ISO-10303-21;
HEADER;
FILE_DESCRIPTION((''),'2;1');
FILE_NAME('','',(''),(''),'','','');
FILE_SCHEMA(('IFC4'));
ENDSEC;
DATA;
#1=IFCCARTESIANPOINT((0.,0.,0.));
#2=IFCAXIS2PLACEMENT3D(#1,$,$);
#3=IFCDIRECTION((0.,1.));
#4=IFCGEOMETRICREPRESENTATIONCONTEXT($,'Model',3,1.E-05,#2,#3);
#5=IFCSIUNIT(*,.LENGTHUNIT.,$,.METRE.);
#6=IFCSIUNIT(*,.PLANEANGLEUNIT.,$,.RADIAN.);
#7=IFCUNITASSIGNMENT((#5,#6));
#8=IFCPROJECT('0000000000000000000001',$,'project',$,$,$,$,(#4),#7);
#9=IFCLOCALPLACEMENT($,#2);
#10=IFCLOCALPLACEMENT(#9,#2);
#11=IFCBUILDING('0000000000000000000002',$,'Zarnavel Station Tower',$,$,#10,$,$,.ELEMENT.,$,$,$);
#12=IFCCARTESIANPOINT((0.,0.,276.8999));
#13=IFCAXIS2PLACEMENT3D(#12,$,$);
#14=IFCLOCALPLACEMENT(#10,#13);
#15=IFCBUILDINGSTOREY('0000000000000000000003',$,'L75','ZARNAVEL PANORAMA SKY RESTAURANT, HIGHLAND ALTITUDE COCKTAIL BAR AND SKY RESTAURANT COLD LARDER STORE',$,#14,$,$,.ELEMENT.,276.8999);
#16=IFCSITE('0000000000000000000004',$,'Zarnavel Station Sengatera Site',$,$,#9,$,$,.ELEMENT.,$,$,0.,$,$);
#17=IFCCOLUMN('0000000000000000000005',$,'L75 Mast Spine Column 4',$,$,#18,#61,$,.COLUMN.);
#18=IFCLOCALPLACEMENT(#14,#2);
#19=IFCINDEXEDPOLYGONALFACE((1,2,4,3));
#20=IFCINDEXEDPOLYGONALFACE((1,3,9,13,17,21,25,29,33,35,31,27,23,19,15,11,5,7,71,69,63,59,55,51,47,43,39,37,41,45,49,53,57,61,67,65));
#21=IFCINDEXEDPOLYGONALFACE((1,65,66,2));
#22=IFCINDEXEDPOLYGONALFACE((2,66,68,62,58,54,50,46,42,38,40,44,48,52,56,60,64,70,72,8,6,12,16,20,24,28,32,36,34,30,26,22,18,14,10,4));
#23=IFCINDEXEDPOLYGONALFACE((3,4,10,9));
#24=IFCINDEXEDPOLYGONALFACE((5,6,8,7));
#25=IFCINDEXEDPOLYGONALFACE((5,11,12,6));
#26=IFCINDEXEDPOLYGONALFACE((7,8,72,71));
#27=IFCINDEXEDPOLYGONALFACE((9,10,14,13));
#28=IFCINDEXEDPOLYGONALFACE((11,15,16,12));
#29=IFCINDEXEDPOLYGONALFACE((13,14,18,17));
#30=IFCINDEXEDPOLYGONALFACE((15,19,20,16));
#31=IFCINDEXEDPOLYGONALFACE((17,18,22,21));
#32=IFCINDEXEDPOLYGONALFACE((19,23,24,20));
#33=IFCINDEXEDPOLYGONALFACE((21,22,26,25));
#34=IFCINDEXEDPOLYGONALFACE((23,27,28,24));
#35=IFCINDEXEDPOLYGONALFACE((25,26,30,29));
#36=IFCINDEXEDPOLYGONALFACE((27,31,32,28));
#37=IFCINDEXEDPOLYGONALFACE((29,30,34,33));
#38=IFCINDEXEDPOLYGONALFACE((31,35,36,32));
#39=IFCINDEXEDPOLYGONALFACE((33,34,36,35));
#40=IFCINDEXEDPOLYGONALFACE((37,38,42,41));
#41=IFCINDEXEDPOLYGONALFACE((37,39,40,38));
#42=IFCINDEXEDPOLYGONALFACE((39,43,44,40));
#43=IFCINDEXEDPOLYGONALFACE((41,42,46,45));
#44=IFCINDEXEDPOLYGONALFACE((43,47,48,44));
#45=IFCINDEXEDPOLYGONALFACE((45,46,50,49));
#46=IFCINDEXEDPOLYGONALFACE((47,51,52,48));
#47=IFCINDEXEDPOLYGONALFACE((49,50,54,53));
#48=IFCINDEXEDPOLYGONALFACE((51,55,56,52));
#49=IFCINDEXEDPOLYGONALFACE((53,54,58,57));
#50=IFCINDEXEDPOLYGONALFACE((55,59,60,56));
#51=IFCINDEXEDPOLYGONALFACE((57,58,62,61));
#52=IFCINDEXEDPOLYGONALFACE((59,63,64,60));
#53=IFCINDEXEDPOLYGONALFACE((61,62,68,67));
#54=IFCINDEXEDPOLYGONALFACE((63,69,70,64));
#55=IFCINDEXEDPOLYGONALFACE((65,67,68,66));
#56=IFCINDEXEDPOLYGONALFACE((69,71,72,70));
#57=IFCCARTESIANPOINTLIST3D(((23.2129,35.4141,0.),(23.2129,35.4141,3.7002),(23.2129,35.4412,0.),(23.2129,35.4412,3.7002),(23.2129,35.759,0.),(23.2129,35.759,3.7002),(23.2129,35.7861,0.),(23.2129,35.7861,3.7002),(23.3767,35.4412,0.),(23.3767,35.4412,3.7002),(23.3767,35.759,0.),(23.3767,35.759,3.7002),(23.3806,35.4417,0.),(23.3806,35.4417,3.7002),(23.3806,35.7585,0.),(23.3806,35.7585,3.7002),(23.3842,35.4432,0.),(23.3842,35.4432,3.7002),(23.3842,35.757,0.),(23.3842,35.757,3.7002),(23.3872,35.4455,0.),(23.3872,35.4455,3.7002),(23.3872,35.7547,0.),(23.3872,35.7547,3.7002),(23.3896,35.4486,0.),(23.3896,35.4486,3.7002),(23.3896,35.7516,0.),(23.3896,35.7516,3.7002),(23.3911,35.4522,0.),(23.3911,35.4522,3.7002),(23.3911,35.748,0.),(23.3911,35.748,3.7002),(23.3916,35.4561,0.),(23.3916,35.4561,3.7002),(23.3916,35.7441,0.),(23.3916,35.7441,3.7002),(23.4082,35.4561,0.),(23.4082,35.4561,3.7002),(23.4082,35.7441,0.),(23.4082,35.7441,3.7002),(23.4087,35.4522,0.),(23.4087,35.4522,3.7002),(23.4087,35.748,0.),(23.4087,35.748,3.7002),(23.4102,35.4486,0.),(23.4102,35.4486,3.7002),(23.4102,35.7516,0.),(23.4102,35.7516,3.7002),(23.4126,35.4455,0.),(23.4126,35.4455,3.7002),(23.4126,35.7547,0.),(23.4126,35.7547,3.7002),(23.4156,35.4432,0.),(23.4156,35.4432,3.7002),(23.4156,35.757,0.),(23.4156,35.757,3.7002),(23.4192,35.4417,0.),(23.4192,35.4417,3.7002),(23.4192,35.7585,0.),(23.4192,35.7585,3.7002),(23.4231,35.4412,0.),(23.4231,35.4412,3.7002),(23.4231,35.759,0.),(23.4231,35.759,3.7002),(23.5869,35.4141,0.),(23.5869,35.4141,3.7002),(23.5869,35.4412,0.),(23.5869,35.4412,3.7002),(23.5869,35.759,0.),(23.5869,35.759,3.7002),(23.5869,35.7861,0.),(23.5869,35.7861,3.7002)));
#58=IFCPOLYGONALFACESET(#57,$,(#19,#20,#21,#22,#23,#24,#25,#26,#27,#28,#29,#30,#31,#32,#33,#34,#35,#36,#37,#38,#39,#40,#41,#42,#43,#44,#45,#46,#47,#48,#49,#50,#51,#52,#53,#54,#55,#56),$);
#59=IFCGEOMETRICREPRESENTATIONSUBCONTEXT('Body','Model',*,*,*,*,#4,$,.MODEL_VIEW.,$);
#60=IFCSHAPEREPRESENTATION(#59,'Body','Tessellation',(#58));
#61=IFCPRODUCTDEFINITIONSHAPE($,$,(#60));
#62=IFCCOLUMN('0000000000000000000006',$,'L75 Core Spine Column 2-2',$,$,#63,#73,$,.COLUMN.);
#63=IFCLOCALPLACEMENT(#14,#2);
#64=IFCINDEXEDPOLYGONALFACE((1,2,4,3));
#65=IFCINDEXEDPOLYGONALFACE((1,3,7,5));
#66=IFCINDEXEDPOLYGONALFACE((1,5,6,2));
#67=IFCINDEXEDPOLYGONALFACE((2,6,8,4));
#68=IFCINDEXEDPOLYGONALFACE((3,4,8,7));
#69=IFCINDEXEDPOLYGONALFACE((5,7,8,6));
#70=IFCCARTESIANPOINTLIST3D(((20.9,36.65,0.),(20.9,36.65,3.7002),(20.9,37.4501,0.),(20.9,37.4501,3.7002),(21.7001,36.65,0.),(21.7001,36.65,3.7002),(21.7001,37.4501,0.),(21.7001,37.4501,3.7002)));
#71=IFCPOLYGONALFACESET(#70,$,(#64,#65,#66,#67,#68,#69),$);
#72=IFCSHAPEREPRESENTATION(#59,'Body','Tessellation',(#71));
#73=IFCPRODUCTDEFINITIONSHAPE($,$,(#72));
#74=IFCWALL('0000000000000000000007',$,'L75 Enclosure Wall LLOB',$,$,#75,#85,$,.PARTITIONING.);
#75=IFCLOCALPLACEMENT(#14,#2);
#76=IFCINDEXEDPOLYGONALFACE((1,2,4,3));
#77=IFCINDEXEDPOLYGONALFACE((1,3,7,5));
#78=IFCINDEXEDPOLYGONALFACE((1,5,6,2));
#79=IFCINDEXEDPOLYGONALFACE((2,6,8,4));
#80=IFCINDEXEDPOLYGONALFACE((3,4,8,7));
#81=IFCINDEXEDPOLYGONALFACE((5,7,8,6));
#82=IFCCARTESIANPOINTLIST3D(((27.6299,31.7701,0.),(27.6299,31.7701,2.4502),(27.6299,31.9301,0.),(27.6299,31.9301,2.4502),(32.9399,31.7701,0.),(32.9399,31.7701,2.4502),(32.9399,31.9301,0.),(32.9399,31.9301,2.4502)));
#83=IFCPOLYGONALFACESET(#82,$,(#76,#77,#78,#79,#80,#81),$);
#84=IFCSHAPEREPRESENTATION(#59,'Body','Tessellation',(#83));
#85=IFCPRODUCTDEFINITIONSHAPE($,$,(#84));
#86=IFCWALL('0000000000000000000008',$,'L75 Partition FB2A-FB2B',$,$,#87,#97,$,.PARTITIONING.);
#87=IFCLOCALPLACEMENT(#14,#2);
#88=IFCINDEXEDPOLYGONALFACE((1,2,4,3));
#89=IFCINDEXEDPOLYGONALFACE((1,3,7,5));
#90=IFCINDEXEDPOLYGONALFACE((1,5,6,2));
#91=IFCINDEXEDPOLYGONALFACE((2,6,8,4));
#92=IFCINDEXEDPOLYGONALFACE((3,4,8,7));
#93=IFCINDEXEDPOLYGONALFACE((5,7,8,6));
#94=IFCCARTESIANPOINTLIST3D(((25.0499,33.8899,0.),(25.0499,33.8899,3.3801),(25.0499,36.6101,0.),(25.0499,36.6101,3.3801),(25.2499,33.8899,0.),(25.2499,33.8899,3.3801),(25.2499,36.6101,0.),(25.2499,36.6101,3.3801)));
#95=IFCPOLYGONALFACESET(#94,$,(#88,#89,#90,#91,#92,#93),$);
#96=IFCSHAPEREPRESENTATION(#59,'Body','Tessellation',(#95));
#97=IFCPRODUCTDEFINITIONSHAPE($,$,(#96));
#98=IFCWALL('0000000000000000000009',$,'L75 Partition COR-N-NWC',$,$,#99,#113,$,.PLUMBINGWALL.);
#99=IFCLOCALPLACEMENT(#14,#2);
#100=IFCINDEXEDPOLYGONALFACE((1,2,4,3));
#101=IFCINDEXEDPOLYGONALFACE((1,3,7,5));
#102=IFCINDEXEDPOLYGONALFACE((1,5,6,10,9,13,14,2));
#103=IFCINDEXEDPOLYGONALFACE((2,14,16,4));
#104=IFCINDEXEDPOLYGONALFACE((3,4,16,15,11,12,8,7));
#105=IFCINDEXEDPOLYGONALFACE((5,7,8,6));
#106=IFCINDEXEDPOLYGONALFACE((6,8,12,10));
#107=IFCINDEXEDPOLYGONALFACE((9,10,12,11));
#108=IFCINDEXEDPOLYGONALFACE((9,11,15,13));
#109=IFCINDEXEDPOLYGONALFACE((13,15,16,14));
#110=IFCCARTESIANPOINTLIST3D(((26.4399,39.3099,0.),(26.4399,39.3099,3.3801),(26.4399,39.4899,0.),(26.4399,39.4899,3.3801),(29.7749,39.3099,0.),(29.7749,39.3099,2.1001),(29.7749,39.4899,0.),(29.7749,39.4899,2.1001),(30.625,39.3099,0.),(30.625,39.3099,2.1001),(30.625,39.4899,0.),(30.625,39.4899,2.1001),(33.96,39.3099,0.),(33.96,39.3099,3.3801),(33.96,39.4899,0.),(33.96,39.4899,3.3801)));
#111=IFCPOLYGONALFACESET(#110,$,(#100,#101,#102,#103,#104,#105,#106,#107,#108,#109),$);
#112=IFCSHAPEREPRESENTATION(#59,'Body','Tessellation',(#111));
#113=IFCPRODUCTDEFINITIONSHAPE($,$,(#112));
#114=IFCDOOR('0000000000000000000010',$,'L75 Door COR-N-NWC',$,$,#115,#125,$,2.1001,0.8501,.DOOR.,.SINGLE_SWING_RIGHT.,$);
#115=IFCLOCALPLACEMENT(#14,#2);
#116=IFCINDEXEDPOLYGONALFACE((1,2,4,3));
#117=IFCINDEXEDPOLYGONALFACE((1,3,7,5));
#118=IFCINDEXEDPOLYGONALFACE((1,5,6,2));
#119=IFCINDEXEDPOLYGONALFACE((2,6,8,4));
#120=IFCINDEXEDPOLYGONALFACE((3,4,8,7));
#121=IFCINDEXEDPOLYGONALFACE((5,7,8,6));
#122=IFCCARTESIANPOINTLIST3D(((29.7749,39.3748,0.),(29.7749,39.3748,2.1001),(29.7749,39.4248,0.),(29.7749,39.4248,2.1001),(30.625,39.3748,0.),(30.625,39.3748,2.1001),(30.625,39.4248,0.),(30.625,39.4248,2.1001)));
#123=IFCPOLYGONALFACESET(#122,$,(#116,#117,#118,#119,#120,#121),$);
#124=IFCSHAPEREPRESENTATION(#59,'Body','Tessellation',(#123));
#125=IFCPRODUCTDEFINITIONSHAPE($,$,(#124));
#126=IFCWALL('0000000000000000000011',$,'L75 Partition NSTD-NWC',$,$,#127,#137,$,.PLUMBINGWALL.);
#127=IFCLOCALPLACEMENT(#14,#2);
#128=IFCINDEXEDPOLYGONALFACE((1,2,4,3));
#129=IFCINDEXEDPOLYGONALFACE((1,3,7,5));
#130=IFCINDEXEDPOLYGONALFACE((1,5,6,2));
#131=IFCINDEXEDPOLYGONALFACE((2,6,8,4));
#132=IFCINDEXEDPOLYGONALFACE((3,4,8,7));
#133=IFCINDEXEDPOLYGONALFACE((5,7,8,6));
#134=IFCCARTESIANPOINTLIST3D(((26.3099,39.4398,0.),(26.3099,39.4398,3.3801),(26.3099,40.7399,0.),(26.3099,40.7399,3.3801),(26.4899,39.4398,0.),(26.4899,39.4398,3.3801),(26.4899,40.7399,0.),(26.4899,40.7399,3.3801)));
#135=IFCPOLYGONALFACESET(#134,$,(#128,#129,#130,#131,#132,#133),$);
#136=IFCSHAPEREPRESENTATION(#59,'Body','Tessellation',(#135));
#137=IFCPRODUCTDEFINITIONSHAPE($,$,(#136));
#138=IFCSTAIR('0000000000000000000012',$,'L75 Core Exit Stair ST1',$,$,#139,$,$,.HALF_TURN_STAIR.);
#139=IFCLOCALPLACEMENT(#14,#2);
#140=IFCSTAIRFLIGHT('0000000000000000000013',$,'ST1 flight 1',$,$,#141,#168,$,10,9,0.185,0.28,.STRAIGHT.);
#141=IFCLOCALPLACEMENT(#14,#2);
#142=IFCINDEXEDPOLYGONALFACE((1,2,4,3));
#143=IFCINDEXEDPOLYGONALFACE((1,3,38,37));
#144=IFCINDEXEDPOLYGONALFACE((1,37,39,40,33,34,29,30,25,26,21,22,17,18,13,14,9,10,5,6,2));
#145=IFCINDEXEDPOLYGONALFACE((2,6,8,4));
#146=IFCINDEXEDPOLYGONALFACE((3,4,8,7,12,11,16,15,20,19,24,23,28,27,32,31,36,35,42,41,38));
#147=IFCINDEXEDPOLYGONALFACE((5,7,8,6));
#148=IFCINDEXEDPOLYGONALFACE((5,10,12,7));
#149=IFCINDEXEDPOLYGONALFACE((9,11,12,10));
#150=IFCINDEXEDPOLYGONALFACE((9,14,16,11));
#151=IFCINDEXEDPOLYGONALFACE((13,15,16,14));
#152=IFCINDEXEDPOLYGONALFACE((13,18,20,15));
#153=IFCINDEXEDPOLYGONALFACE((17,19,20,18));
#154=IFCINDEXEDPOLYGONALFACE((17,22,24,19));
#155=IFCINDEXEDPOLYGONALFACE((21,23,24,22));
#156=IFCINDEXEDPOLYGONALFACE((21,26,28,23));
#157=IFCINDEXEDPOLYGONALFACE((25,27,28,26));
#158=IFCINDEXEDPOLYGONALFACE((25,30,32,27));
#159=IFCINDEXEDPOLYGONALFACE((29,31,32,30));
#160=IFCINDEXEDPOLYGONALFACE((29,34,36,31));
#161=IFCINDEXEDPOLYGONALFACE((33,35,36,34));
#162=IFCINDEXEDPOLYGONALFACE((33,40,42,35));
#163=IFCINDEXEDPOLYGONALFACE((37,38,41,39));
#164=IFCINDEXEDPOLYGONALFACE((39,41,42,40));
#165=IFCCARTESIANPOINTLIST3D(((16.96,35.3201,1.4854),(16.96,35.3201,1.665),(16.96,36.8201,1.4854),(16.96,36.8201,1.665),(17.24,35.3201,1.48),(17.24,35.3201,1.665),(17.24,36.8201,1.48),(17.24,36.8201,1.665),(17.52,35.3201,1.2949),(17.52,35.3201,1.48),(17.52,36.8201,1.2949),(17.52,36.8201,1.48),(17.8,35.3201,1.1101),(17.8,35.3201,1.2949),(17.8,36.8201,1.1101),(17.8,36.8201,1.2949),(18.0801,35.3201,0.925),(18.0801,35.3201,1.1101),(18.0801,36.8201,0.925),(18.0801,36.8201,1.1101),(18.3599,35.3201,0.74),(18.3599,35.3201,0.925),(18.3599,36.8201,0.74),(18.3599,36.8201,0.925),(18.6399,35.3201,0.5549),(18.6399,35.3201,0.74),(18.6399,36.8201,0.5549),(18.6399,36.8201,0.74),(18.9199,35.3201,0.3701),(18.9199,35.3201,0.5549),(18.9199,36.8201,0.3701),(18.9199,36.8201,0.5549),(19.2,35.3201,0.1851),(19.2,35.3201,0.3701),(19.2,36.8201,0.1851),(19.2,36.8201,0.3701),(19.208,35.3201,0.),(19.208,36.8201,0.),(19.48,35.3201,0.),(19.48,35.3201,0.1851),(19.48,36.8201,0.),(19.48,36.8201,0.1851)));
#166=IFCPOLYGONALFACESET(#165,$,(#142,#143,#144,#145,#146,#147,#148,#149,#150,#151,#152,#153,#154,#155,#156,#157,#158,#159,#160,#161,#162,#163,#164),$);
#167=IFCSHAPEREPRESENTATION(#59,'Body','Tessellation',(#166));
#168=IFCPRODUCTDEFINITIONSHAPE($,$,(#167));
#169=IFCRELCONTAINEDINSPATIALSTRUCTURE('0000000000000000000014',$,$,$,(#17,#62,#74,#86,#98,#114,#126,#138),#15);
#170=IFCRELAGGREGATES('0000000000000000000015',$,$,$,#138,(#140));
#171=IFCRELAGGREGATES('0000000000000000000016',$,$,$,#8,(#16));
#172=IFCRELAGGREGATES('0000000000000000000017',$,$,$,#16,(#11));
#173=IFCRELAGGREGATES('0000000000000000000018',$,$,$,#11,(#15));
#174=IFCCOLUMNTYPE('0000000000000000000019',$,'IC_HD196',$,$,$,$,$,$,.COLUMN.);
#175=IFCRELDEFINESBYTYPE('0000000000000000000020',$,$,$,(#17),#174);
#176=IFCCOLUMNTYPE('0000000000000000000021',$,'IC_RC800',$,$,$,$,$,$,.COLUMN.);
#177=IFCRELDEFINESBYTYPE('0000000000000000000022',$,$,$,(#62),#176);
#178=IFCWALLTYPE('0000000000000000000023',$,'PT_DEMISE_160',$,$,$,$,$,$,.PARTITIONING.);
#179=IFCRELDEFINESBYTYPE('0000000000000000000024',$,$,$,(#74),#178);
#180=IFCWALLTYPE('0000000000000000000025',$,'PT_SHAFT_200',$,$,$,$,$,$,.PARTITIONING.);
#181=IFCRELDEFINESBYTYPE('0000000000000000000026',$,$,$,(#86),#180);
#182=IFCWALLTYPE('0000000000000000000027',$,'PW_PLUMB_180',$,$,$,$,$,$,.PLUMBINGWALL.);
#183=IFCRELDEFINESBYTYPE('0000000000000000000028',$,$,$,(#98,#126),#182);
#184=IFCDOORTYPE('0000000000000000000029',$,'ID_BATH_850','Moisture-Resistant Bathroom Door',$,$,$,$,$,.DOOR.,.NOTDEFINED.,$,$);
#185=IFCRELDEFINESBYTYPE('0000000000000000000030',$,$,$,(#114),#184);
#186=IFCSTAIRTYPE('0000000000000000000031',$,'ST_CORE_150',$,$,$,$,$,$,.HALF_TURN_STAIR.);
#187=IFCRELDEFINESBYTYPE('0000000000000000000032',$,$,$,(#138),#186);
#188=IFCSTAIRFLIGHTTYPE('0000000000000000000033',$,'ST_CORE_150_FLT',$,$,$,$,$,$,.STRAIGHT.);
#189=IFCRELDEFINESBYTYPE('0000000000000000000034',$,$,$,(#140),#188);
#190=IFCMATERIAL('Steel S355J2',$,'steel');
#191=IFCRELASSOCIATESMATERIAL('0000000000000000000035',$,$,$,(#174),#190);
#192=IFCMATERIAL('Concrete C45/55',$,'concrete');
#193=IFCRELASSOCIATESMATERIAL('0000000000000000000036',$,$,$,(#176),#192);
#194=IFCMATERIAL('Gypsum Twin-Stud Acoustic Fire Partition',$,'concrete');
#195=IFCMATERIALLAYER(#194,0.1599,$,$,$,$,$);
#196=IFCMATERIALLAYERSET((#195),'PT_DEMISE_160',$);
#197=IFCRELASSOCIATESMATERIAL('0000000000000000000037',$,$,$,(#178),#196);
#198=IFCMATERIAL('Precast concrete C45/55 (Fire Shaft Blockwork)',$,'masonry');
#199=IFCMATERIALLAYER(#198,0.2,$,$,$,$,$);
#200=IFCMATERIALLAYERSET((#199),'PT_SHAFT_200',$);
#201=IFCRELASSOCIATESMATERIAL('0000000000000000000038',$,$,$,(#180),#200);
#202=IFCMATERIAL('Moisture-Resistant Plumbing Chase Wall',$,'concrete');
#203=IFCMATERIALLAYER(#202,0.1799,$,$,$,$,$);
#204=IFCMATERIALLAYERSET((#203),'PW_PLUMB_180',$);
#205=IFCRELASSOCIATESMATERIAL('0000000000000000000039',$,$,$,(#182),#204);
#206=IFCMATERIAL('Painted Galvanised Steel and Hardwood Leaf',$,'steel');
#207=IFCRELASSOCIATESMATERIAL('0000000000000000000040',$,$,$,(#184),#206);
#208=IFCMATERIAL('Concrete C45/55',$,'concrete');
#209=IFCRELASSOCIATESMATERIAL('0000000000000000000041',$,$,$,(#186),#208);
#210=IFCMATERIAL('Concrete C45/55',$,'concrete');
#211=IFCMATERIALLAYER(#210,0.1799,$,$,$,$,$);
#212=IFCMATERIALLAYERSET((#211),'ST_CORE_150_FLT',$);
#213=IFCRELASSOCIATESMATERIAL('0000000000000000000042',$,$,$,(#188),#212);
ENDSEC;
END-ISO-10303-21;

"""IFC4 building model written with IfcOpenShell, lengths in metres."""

from ifc_helpers import new_model, si_unit, direction, frame, frame_2d, origin, origin_2d, place, context, subcontext, project, spatial, polyline, rectangle, i_section, outline, extrude, material, layer, layer_set, material_profile, profile_set, type_object, element, fill, aggregate, save


model = new_model("IFC4")

# Units and contexts
model_context = context("Model", 3, precision=1e-05, world=origin(), true_north=direction((0.0, 1.0)))
body_context = subcontext(model_context, "Body", "Model", "MODEL_VIEW")
ifc_project = project(units=[si_unit("LENGTHUNIT", "METRE"), si_unit("PLANEANGLEUNIT", "RADIAN")], contexts=[model_context])

# Site, building, storey
site_placement = place(None, origin())
site = spatial("IfcSite", under=ifc_project, at=site_placement, Name="Zarnavel Station Sengatera Site", CompositionType="ELEMENT", RefElevation=0.0)
building_placement = place(site_placement, origin())
building = spatial("IfcBuilding", under=site, at=building_placement, Name="Zarnavel Station Tower", CompositionType="ELEMENT")
storey_placement = place(building_placement, frame((0.0, 0.0, 276.8999)))
storey = spatial("IfcBuildingStorey", under=building, at=storey_placement, Name="L75", Description="ZARNAVEL PANORAMA SKY RESTAURANT, HIGHLAND ALTITUDE COCKTAIL BAR AND SKY RESTAURANT COLD LARDER STORE", CompositionType="ELEMENT", Elevation=276.8999)

# Columns
ifc_material_1 = material(Name="Steel S355J2", Category="steel")
ifc_material_profile_1 = material_profile(ifc_material_1, i_section(OverallWidth=0.374, OverallDepth=0.3721, WebThickness=0.0166, FlangeThickness=0.0271, FilletRadius=0.0149, at=origin_2d()), Name="HD360x196")
ifc_profile_set_1 = profile_set([ifc_material_profile_1], Name="Steel S355J2")
column_type_1 = type_object("IfcColumnType", Name="IC_HD196", PredefinedType="COLUMN", material=ifc_profile_set_1)
column_1_placement = place(storey_placement, frame((23.3999, 35.6001, 0.0), z_axis=(0.0, 0.0, 1.0), x_axis=(1.0, 0.0, 0.0)))
element("IfcColumn", 1, at=column_1_placement, inside=storey, type_object=column_type_1, Name="L75 Mast Spine Column 4", PredefinedType="COLUMN", context=body_context, shape_type="SweptSolid", body=[
    extrude(i_section(OverallWidth=0.374, OverallDepth=0.3721, WebThickness=0.0166, FlangeThickness=0.0271, FilletRadius=0.0149, at=origin_2d()), origin(), (0.0, 0.0, 1.0), 3.7002),
])
ifc_material_2 = material(Name="Concrete C45/55", Category="concrete")
ifc_material_profile_2 = material_profile(ifc_material_2, rectangle(XDim=0.8, YDim=0.8, at=origin_2d()), Name="RC800x800")
ifc_profile_set_2 = profile_set([ifc_material_profile_2], Name="Concrete C45/55")
column_type_2 = type_object("IfcColumnType", Name="IC_RC800", PredefinedType="COLUMN", material=ifc_profile_set_2)
column_2_placement = place(storey_placement, frame((21.3, 37.05, 0.0), z_axis=(0.0, 0.0, 1.0), x_axis=(1.0, 0.0, 0.0)))
element("IfcColumn", 2, at=column_2_placement, inside=storey, type_object=column_type_2, Name="L75 Core Spine Column 2-2", PredefinedType="COLUMN", context=body_context, shape_type="SweptSolid", body=[
    extrude(rectangle(XDim=0.8, YDim=0.8, at=origin_2d()), origin(), (0.0, 0.0, 1.0), 3.7002),
])

# Wall
ifc_material_3 = material(Name="Gypsum Twin-Stud Acoustic Fire Partition", Category="concrete")
ifc_layer_1 = layer(ifc_material_3, 0.1599)
ifc_layer_set_1 = layer_set([ifc_layer_1], Name="PT_DEMISE_160")
wall_type_1 = type_object("IfcWallType", Name="PT_DEMISE_160", PredefinedType="PARTITIONING", material=ifc_layer_set_1)
wall_1_placement = place(storey_placement, frame((27.6299, 31.8501, 0.0), z_axis=(0.0, 0.0, 1.0), x_axis=(1.0, 0.0, 0.0)))
element("IfcWall", 3, at=wall_1_placement, inside=storey, type_object=wall_type_1, Name="L75 Enclosure Wall LLOB", PredefinedType="PARTITIONING", context=body_context, shape_type="SweptSolid", body=[
    extrude(rectangle(XDim=5.3101, YDim=0.1599, at=frame_2d((2.655, 0.0))), origin(), (0.0, 0.0, 1.0), 2.4502),
])

# Shared definitions
ifc_material_4 = material(Name="Precast concrete C45/55 (Fire Shaft Blockwork)", Category="masonry")
ifc_layer_2 = layer(ifc_material_4, 0.2)
ifc_layer_set_2 = layer_set([ifc_layer_2], Name="PT_SHAFT_200")
wall_type_2 = type_object("IfcWallType", Name="PT_SHAFT_200", PredefinedType="PARTITIONING", material=ifc_layer_set_2)

# Wall
wall_2_placement = place(storey_placement, frame((25.1499, 33.8899, 0.0), z_axis=(0.0, 0.0, 1.0), x_axis=(0.0, 1.0, 0.0)))
element("IfcWall", 4, at=wall_2_placement, inside=storey, type_object=wall_type_2, Name="L75 Partition FB2A-FB2B", PredefinedType="PARTITIONING", context=body_context, shape_type="SweptSolid", body=[
    extrude(rectangle(XDim=2.7202, YDim=0.2, at=frame_2d((1.3601, 0.0))), origin(), (0.0, 0.0, 1.0), 3.3801),
])

# Wall, opening, door
ifc_material_5 = material(Name="Moisture-Resistant Plumbing Chase Wall", Category="concrete")
ifc_layer_3 = layer(ifc_material_5, 0.1799)
ifc_layer_set_3 = layer_set([ifc_layer_3], Name="PW_PLUMB_180")
wall_type_3 = type_object("IfcWallType", Name="PW_PLUMB_180", PredefinedType="PLUMBINGWALL", material=ifc_layer_set_3)
wall_3_placement = place(storey_placement, frame((26.4399, 39.3999, 0.0), z_axis=(0.0, 0.0, 1.0), x_axis=(1.0, 0.0, 0.0)))
wall_3 = element("IfcWall", 5, at=wall_3_placement, inside=storey, type_object=wall_type_3, Name="L75 Partition COR-N-NWC", PredefinedType="PLUMBINGWALL", context=body_context, shape_type="SweptSolid", body=[
    extrude(rectangle(XDim=7.52, YDim=0.1799, at=frame_2d((3.76, 0.0))), origin(), (0.0, 0.0, 1.0), 3.3801),
])
opening_1_placement = place(wall_3_placement, frame((3.335, 0.0, 0.0)))
opening_1 = element("IfcOpeningElement", 6, at=opening_1_placement, cuts=wall_3, PredefinedType="OPENING", context=body_context, shape_type="SweptSolid", body=[
    extrude(rectangle(XDim=0.8501, YDim=2.1001, at=frame_2d((0.425, 1.05))), frame((0.0, 0.0999, 0.0), z_axis=(0.0, -1.0, 0.0), x_axis=(1.0, 0.0, 0.0)), (0.0, 0.0, 1.0), 0.2),
])
ifc_material_6 = material(Name="Painted Galvanised Steel and Hardwood Leaf", Category="steel")
door_type_1 = type_object("IfcDoorType", Name="ID_BATH_850", Description="Moisture-Resistant Bathroom Door", OperationType="NOTDEFINED", PredefinedType="DOOR", material=ifc_material_6)
door_1_placement = place(opening_1_placement, origin())
door_1 = element("IfcDoor", 7, at=door_1_placement, inside=storey, type_object=door_type_1, Name="L75 Door COR-N-NWC", OperationType="SINGLE_SWING_RIGHT", OverallHeight=2.1001, OverallWidth=0.8501, PredefinedType="DOOR", context=body_context, shape_type="SweptSolid", body=[
    extrude(rectangle(XDim=0.8501, YDim=2.1001, at=frame_2d((0.425, 1.05))), frame((0.0, 0.0249, 0.0), z_axis=(0.0, -1.0, 0.0), x_axis=(1.0, 0.0, 0.0)), (0.0, 0.0, 1.0), 0.05),
])
fill(opening_1, door_1)

# Wall
wall_4_placement = place(storey_placement, frame((26.3999, 39.4399, 0.0), z_axis=(0.0, 0.0, 1.0), x_axis=(0.0, 1.0, 0.0)))
element("IfcWall", 8, at=wall_4_placement, inside=storey, type_object=wall_type_3, Name="L75 Partition NSTD-NWC", PredefinedType="PLUMBINGWALL", context=body_context, shape_type="SweptSolid", body=[
    extrude(rectangle(XDim=1.3, YDim=0.1799, at=frame_2d((0.6499, 0.0))), origin(), (0.0, 0.0, 1.0), 3.3801),
])

# Stair, stair flight
ifc_material_7 = material(Name="Concrete C45/55", Category="concrete")
stair_type = type_object("IfcStairType", Name="ST_CORE_150", PredefinedType="HALF_TURN_STAIR", material=ifc_material_7)
stair_placement = place(storey_placement, origin())
stair = element("IfcStair", 9, at=stair_placement, inside=storey, type_object=stair_type, Name="L75 Core Exit Stair ST1", PredefinedType="HALF_TURN_STAIR")
ifc_material_8 = material(Name="Concrete C45/55", Category="concrete")
ifc_layer_4 = layer(ifc_material_8, 0.1799)
ifc_layer_set_4 = layer_set([ifc_layer_4], Name="ST_CORE_150_FLT")
stair_flight_type = type_object("IfcStairFlightType", Name="ST_CORE_150_FLT", PredefinedType="STRAIGHT", material=ifc_layer_set_4)
stair_flight_1_placement = place(storey_placement, frame((19.48, 36.0701, 0.0), z_axis=(0.0, 0.0, 1.0), x_axis=(-1.0, 0.0, 0.0)))
stair_flight_1 = element("IfcStairFlight", 10, at=stair_flight_1_placement, type_object=stair_flight_type, Name="ST1 flight 1", NumberOfRisers=10, NumberOfTreads=9, PredefinedType="STRAIGHT", RiserHeight=0.185, TreadLength=0.28, context=body_context, shape_type="SweptSolid", body=[
    extrude(outline(polyline([(0.0, 0.0), (0.0, 0.1851), (0.28, 0.1851), (0.28, 0.3701), (0.5601, 0.3701), (0.5601, 0.5549), (0.8401, 0.5549), (0.8401, 0.74), (1.1201, 0.74), (1.1201, 0.925), (1.3999, 0.925), (1.3999, 1.1101), (1.6799, 1.1101), (1.6799, 1.2949), (1.96, 1.2949), (1.96, 1.48), (2.24, 1.48), (2.24, 1.665), (2.52, 1.665), (2.52, 1.8501), (2.52, 1.4854), (0.272, 0.0), (0.0, 0.0)])), frame((0.0, 0.75, 0.0), z_axis=(0.0, -1.0, 0.0), x_axis=(1.0, 0.0, 0.0)), (0.0, 0.0, 1.0), 1.5),
])
aggregate(stair, [stair_flight_1])

save(model, "model.ifc")
